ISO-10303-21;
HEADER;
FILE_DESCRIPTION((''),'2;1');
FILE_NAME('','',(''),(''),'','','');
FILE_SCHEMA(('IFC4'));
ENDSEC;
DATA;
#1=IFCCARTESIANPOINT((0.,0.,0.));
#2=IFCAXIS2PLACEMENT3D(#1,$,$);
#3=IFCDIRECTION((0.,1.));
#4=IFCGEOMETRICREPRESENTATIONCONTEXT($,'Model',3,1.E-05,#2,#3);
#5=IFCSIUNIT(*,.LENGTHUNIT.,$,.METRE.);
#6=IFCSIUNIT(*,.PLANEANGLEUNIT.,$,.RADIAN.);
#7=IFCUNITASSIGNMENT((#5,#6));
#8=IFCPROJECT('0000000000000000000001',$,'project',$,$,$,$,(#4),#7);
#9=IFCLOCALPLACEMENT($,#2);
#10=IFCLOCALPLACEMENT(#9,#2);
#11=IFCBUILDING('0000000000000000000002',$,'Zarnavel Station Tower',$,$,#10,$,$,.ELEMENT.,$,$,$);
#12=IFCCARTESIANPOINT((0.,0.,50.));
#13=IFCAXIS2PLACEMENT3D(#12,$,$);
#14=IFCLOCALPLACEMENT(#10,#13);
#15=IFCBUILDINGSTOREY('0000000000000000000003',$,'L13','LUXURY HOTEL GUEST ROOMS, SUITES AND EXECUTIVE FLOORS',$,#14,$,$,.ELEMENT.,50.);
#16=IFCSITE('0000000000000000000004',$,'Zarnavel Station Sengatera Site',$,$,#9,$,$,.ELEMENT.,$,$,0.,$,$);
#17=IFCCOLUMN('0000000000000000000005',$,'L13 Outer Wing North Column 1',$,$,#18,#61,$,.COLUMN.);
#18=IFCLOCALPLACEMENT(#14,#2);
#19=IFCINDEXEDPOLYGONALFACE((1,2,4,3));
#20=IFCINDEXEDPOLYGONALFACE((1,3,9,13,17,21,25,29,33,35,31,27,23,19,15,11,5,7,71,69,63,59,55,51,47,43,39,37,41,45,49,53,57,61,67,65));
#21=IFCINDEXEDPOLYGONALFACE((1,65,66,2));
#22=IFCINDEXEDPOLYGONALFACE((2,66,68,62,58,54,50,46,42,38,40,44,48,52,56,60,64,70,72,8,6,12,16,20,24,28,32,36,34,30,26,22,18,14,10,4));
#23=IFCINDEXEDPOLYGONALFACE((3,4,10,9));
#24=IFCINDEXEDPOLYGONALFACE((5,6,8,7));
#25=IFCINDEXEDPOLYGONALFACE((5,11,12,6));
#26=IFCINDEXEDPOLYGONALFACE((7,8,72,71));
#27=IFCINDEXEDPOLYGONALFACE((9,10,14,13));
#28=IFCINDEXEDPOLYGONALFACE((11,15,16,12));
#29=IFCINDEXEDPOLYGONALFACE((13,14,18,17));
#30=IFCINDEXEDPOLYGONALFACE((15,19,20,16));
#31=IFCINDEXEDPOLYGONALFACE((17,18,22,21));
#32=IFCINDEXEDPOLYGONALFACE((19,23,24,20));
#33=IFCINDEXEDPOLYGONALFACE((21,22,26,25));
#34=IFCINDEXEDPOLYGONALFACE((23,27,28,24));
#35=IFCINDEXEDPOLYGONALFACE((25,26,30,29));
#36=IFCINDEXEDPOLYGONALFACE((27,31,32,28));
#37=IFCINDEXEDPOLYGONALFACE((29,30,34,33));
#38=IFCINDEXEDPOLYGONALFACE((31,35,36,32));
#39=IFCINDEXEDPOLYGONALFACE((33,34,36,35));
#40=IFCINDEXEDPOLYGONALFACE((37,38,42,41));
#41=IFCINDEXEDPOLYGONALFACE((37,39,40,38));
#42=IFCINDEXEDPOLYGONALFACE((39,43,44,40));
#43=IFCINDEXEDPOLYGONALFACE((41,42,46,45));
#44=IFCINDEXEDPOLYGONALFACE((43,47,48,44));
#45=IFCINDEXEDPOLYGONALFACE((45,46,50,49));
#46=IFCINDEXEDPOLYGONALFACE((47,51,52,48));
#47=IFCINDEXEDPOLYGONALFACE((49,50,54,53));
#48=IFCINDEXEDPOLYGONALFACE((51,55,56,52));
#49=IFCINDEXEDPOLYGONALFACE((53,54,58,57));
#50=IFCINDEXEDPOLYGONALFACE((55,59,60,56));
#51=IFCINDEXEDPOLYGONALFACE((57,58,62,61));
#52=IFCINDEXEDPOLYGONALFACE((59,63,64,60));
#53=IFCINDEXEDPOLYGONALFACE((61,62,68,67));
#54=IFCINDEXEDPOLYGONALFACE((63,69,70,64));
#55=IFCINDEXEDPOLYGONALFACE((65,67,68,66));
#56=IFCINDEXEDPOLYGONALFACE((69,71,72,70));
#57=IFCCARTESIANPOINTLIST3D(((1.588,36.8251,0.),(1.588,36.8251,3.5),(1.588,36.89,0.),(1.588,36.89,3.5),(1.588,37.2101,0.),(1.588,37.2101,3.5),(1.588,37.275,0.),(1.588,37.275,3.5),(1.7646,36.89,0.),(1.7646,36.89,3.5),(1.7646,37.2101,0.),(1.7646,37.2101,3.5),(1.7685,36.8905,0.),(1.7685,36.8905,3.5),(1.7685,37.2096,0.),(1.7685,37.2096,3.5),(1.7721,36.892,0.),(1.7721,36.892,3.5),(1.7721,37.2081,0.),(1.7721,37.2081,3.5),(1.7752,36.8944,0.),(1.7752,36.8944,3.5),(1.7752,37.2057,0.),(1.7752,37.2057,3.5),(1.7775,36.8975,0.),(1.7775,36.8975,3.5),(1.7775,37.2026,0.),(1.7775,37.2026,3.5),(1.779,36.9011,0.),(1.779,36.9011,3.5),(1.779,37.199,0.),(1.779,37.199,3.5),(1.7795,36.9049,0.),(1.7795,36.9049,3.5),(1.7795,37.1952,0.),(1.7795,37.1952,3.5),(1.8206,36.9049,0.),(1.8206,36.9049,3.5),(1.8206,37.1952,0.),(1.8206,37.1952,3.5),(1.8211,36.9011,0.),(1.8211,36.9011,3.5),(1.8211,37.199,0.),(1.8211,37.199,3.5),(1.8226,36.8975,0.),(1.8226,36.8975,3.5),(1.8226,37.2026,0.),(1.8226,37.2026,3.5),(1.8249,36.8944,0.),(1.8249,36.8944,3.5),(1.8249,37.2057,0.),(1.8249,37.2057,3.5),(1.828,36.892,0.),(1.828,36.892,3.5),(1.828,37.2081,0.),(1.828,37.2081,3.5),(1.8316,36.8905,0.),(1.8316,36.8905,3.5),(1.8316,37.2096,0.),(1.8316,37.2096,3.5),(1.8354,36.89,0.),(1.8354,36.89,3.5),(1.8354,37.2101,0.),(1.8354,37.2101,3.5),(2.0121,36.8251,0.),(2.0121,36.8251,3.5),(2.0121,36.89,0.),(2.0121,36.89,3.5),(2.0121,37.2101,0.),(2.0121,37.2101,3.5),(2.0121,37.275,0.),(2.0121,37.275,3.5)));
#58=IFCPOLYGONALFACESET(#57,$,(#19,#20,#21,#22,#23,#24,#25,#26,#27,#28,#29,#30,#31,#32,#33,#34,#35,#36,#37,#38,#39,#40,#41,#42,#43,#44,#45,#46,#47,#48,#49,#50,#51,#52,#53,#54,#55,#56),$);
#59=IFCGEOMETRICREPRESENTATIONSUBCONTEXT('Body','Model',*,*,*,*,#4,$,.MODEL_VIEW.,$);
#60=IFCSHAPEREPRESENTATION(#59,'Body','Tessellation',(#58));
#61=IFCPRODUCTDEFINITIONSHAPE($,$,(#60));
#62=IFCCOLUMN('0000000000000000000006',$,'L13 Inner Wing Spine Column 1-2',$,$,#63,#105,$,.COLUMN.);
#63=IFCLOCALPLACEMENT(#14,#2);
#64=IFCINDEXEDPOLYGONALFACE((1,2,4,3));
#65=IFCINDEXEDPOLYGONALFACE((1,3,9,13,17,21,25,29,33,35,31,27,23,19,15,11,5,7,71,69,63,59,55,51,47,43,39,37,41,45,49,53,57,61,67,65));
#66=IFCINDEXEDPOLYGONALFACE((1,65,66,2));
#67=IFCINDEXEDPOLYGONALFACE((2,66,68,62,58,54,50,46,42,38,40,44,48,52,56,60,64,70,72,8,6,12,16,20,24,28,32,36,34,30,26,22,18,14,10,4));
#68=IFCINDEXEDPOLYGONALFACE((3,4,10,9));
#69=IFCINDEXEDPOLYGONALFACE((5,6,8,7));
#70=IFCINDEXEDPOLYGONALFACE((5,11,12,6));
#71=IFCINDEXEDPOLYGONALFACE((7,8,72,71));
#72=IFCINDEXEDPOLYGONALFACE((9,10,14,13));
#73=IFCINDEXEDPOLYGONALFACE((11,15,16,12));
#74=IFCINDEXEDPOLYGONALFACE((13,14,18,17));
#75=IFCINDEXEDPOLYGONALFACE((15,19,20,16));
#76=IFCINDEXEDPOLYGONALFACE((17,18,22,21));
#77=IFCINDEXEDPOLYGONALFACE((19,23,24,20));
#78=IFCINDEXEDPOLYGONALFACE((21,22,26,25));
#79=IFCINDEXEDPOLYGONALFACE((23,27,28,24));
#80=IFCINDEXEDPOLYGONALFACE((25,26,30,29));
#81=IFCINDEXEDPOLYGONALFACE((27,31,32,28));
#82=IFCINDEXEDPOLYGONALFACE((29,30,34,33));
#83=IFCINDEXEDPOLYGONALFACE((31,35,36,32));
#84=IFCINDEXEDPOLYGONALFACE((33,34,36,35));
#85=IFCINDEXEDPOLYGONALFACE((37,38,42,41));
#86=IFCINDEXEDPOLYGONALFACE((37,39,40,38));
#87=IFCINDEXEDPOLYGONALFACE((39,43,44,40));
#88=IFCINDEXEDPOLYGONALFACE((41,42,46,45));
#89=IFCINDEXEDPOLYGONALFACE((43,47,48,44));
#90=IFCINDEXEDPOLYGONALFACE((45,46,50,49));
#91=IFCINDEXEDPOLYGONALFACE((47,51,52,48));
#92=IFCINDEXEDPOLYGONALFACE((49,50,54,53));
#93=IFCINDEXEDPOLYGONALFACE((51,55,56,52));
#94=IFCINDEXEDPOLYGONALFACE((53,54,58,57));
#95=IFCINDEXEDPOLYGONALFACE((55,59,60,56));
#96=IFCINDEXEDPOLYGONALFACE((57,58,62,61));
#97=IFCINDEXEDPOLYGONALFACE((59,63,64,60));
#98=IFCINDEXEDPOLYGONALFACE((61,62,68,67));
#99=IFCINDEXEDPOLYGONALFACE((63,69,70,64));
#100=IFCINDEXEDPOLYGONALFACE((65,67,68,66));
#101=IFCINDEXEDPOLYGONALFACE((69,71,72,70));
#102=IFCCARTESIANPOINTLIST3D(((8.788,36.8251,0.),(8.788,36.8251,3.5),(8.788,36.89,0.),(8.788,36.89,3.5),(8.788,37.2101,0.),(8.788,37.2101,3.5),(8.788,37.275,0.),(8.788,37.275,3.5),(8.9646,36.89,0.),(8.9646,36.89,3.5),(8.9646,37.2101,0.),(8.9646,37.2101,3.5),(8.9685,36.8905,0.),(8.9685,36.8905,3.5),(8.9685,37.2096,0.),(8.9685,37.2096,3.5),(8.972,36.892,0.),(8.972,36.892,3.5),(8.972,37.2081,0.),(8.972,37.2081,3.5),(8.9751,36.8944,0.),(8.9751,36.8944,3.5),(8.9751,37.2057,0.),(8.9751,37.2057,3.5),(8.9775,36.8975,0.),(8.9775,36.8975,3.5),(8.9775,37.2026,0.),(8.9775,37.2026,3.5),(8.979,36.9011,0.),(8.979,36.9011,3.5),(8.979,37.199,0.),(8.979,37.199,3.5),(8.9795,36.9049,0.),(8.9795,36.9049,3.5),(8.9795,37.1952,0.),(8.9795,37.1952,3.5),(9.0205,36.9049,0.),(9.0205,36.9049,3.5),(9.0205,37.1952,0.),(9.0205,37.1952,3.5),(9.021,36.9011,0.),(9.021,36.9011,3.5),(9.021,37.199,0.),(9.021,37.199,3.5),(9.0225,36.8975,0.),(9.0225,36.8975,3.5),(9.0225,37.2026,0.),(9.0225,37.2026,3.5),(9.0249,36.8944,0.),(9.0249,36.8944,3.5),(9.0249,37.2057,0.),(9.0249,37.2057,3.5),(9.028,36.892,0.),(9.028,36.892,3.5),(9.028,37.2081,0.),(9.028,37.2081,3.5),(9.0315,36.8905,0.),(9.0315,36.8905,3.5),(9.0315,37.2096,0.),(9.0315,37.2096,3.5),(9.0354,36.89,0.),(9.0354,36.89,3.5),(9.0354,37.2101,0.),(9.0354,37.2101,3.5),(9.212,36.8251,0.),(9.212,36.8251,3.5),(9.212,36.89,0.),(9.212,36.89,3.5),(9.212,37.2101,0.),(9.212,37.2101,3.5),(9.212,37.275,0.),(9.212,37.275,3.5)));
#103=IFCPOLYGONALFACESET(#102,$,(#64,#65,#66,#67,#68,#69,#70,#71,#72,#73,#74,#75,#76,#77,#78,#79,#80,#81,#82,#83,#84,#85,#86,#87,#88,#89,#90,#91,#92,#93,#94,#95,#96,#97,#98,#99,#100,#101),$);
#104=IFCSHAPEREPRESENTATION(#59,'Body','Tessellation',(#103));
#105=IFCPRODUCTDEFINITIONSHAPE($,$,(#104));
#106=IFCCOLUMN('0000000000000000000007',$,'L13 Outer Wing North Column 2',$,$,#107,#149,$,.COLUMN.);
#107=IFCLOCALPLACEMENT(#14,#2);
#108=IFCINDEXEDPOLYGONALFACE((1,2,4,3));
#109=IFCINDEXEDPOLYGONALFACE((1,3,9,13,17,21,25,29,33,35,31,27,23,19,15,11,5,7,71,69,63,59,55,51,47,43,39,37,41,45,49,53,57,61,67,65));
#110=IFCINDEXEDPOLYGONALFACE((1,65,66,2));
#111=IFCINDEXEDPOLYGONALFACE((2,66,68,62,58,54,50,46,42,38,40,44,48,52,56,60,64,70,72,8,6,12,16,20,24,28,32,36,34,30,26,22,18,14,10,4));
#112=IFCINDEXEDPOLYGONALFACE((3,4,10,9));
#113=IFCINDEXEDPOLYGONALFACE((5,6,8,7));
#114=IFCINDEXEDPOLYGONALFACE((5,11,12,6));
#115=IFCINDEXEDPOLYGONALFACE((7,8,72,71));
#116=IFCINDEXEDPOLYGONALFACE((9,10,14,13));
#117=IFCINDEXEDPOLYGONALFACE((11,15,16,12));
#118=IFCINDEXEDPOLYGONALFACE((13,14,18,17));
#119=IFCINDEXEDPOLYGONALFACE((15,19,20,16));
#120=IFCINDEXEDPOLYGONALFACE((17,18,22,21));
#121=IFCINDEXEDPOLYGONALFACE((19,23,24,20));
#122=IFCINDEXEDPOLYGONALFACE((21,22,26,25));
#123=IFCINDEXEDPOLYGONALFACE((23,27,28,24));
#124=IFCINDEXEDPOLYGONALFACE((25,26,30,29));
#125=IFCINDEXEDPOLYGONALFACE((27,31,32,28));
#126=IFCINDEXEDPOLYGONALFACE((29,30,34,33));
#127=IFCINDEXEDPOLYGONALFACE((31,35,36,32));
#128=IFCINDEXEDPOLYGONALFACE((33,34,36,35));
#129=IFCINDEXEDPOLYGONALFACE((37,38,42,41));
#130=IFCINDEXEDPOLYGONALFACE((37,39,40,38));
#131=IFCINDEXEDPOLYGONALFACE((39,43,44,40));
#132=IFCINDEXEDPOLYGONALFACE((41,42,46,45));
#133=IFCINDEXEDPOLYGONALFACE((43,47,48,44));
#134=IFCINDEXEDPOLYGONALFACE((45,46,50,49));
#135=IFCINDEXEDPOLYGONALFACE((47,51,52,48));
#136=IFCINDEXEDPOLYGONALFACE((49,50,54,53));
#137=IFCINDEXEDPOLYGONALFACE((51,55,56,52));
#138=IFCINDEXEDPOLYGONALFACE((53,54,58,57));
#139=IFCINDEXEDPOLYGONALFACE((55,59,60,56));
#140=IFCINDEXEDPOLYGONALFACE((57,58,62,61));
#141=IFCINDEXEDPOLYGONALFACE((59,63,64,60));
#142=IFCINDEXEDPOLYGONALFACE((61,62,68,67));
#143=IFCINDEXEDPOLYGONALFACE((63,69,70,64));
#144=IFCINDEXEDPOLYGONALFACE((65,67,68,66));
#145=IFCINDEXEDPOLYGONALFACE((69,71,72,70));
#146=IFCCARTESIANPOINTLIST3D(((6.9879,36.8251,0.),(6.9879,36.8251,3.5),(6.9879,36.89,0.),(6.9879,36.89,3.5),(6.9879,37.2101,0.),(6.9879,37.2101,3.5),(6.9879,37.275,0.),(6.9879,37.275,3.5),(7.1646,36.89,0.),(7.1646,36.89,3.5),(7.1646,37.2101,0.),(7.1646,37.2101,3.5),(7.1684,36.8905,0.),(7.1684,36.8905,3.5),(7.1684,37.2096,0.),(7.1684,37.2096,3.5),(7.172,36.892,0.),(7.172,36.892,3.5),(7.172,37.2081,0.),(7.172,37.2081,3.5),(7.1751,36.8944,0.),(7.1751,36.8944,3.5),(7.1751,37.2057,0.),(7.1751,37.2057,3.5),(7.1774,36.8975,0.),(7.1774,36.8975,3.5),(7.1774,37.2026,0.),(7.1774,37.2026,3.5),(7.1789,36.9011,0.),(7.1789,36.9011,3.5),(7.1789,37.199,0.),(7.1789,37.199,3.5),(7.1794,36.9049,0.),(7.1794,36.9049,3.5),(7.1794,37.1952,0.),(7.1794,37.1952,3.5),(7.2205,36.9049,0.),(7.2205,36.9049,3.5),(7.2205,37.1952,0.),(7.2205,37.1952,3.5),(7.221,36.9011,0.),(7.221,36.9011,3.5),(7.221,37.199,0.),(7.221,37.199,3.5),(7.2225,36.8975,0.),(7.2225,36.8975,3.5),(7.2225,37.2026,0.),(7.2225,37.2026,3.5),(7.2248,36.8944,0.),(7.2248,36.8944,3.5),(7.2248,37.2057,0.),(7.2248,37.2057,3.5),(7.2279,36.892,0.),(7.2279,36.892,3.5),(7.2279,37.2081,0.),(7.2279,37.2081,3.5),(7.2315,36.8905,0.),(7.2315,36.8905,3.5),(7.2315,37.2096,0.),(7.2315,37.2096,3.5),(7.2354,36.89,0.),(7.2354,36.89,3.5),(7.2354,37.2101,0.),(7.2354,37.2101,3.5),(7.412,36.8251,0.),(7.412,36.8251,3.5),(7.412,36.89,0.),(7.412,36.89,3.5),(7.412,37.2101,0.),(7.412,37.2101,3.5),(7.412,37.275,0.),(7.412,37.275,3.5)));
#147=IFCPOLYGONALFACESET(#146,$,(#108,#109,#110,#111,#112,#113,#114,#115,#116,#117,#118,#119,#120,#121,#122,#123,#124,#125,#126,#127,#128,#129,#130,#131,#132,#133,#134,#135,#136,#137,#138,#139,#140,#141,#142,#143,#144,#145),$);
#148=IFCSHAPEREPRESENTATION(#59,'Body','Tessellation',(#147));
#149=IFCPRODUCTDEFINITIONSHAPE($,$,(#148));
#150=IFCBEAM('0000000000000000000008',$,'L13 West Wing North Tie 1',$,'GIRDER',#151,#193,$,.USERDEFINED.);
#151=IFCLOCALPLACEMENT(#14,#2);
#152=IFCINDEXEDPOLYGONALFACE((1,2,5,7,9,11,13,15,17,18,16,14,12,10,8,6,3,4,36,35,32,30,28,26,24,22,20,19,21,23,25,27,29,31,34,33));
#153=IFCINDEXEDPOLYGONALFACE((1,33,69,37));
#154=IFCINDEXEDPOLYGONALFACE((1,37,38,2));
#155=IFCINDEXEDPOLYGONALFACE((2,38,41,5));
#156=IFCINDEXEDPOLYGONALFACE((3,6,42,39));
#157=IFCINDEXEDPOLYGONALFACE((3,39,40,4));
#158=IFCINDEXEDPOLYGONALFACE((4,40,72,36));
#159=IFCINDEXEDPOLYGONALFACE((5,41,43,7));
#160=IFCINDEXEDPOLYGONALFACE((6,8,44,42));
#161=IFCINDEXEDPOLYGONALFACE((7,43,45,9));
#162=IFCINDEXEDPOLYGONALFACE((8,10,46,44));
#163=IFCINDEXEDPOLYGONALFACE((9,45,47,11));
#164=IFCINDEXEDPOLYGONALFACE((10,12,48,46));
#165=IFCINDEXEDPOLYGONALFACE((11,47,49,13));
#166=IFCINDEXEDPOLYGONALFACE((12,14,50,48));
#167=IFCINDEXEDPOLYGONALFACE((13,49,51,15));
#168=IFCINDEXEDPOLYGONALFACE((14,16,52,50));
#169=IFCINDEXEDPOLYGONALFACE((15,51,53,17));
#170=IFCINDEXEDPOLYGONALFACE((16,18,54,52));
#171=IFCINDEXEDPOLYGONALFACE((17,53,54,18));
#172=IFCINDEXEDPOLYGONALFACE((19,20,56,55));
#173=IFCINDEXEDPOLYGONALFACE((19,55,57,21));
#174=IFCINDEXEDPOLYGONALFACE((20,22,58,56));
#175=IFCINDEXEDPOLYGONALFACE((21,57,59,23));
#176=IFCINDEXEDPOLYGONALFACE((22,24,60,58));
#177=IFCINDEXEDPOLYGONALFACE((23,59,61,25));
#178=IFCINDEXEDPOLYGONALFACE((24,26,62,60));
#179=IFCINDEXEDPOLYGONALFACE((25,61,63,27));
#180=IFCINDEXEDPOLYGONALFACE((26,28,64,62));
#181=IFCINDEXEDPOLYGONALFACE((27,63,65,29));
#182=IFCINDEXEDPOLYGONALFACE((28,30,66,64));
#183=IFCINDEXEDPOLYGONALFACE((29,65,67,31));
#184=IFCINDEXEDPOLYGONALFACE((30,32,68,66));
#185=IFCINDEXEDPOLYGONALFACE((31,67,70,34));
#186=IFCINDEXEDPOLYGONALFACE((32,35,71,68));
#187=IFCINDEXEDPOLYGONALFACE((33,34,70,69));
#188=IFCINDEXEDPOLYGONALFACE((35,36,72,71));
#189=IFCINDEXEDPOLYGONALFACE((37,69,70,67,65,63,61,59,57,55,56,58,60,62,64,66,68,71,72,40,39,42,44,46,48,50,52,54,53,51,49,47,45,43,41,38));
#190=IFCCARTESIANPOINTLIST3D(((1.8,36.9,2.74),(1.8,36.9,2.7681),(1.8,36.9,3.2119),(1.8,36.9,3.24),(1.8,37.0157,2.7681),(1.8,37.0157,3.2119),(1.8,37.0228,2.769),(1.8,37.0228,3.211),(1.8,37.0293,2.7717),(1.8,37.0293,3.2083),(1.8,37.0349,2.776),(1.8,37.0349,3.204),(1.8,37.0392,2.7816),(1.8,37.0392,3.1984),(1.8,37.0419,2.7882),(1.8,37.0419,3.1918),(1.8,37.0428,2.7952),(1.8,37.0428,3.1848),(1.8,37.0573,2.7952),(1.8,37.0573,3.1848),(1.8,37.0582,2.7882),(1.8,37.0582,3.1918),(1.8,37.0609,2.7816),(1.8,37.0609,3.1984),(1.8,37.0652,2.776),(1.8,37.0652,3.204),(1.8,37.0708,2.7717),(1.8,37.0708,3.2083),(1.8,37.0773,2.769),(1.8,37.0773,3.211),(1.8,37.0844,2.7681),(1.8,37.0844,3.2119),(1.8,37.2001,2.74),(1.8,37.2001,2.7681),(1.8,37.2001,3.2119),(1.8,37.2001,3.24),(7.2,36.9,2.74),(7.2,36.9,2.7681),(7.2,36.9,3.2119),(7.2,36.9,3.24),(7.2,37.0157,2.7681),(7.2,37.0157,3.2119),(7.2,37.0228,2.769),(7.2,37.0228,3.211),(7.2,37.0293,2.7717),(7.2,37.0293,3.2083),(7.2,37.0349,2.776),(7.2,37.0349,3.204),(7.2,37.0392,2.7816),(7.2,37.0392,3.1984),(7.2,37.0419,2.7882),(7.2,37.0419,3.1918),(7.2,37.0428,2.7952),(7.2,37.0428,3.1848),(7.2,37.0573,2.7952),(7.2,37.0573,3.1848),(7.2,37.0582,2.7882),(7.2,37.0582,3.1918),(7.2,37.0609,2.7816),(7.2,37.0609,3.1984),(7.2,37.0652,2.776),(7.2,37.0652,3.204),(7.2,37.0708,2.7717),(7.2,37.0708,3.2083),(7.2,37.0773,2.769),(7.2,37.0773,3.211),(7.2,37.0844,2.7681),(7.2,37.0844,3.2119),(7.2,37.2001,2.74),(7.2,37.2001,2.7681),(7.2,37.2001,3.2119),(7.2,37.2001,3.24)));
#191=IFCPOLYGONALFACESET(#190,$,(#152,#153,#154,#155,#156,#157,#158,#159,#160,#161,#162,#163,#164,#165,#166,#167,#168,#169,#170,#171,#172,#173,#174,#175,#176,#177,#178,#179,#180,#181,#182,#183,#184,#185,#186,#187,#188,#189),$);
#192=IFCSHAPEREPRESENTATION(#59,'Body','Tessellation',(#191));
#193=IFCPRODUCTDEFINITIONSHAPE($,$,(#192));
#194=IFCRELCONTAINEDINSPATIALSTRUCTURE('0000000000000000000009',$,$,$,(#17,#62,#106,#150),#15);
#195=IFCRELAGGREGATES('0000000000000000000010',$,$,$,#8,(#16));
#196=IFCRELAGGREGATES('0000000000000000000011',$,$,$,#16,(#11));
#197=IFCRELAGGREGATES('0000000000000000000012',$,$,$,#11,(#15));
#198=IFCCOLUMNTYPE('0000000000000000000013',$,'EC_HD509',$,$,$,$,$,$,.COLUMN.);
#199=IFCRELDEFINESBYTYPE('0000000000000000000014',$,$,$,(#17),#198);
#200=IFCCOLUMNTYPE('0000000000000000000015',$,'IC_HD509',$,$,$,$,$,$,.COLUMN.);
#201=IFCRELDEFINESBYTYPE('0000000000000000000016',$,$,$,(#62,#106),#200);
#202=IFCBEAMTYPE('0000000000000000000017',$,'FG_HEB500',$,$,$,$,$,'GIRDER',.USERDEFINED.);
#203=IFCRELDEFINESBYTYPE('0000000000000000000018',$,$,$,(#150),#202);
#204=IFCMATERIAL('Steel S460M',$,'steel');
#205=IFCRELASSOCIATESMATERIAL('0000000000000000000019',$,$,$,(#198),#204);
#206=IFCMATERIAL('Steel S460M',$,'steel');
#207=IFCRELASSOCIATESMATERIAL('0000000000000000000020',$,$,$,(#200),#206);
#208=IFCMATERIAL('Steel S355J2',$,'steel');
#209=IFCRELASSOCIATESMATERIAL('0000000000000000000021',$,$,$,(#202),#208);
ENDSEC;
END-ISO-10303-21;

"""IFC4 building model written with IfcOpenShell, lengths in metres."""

from ifc_helpers import new_model, si_unit, direction, frame, origin, origin_2d, place, context, subcontext, project, spatial, i_section, extrude, material, material_profile, profile_set, type_object, element, save


model = new_model("IFC4")

# Units and contexts
model_context = context("Model", 3, precision=1e-05, world=origin(), true_north=direction((0.0, 1.0)))
body_context = subcontext(model_context, "Body", "Model", "MODEL_VIEW")
ifc_project = project(units=[si_unit("LENGTHUNIT", "METRE"), si_unit("PLANEANGLEUNIT", "RADIAN")], contexts=[model_context])

# Site, building, storey
site_placement = place(None, origin())
site = spatial("IfcSite", under=ifc_project, at=site_placement, Name="Zarnavel Station Sengatera Site", CompositionType="ELEMENT", RefElevation=0.0)
building_placement = place(site_placement, origin())
building = spatial("IfcBuilding", under=site, at=building_placement, Name="Zarnavel Station Tower", CompositionType="ELEMENT")
storey_placement = place(building_placement, frame((0.0, 0.0, 50.0)))
storey = spatial("IfcBuildingStorey", under=building, at=storey_placement, Name="L13", Description="LUXURY HOTEL GUEST ROOMS, SUITES AND EXECUTIVE FLOORS", CompositionType="ELEMENT", Elevation=50.0)

# Columns
ifc_material_1 = material(Name="Steel S460M", Category="steel")
ifc_material_profile_1 = material_profile(ifc_material_1, i_section(OverallWidth=0.4241, OverallDepth=0.45, WebThickness=0.041, FlangeThickness=0.0649, FilletRadius=0.0149, at=origin_2d()), Name="HD400x509")
ifc_profile_set_1 = profile_set([ifc_material_profile_1], Name="Steel S460M")
column_type_1 = type_object("IfcColumnType", Name="EC_HD509", PredefinedType="COLUMN", material=ifc_profile_set_1)
column_placement = place(storey_placement, frame((1.8, 37.05, 0.0), z_axis=(0.0, 0.0, 1.0), x_axis=(1.0, 0.0, 0.0)))
element("IfcColumn", 1, at=column_placement, inside=storey, type_object=column_type_1, Name="L13 Outer Wing North Column 1", PredefinedType="COLUMN", context=body_context, shape_type="SweptSolid", body=[
    extrude(i_section(OverallWidth=0.4241, OverallDepth=0.45, WebThickness=0.041, FlangeThickness=0.0649, FilletRadius=0.0149, at=origin_2d()), origin(), (0.0, 0.0, 1.0), 3.5),
])
ifc_material_2 = material(Name="Steel S460M", Category="steel")
ifc_material_profile_2 = material_profile(ifc_material_2, i_section(OverallWidth=0.4241, OverallDepth=0.45, WebThickness=0.041, FlangeThickness=0.0649, FilletRadius=0.0149, at=origin_2d()), Name="HD400x509")
ifc_profile_set_2 = profile_set([ifc_material_profile_2], Name="Steel S460M")
column_type_2 = type_object("IfcColumnType", Name="IC_HD509", PredefinedType="COLUMN", material=ifc_profile_set_2)
for number, where, z_axis, x_axis, name in (
    (2, (9.0, 37.05, 0.0), (0.0, 0.0, 1.0), (1.0, 0.0, 0.0), "L13 Inner Wing Spine Column 1-2"),
    (3, (7.2, 37.05, 0.0), (0.0, 0.0, 1.0), (1.0, 0.0, 0.0), "L13 Outer Wing North Column 2"),
):
    element("IfcColumn", number, at=place(storey_placement, frame(where, z_axis=z_axis, x_axis=x_axis)), inside=storey, type_object=column_type_2, Name=name, PredefinedType="COLUMN", context=body_context, shape_type="SweptSolid", body=[
        extrude(i_section(OverallWidth=0.4241, OverallDepth=0.45, WebThickness=0.041, FlangeThickness=0.0649, FilletRadius=0.0149, at=origin_2d()), origin(), (0.0, 0.0, 1.0), 3.5),
    ])

# Beam
ifc_material_3 = material(Name="Steel S355J2", Category="steel")
ifc_material_profile_3 = material_profile(ifc_material_3, i_section(OverallWidth=0.3, OverallDepth=0.5, WebThickness=0.0144, FlangeThickness=0.0281, FilletRadius=0.0271, at=origin_2d()), Name="HEB500")
ifc_profile_set_3 = profile_set([ifc_material_profile_3], Name="Steel S355J2")
beam_type = type_object("IfcBeamType", Name="FG_HEB500", ElementType="GIRDER", PredefinedType="USERDEFINED", material=ifc_profile_set_3)
beam_1_placement = place(storey_placement, frame((1.8, 37.05, 2.99), z_axis=(1.0, 0.0, 0.0), x_axis=(0.0, 1.0, 0.0)))
element("IfcBeam", 4, at=beam_1_placement, inside=storey, type_object=beam_type, Name="L13 West Wing North Tie 1", ObjectType="GIRDER", PredefinedType="USERDEFINED", context=body_context, shape_type="SweptSolid", body=[
    extrude(i_section(OverallWidth=0.3, OverallDepth=0.5, WebThickness=0.0144, FlangeThickness=0.0281, FilletRadius=0.0271, at=origin_2d()), origin(), (0.0, 0.0, 1.0), 5.3999),
])

save(model, "model.ifc")
